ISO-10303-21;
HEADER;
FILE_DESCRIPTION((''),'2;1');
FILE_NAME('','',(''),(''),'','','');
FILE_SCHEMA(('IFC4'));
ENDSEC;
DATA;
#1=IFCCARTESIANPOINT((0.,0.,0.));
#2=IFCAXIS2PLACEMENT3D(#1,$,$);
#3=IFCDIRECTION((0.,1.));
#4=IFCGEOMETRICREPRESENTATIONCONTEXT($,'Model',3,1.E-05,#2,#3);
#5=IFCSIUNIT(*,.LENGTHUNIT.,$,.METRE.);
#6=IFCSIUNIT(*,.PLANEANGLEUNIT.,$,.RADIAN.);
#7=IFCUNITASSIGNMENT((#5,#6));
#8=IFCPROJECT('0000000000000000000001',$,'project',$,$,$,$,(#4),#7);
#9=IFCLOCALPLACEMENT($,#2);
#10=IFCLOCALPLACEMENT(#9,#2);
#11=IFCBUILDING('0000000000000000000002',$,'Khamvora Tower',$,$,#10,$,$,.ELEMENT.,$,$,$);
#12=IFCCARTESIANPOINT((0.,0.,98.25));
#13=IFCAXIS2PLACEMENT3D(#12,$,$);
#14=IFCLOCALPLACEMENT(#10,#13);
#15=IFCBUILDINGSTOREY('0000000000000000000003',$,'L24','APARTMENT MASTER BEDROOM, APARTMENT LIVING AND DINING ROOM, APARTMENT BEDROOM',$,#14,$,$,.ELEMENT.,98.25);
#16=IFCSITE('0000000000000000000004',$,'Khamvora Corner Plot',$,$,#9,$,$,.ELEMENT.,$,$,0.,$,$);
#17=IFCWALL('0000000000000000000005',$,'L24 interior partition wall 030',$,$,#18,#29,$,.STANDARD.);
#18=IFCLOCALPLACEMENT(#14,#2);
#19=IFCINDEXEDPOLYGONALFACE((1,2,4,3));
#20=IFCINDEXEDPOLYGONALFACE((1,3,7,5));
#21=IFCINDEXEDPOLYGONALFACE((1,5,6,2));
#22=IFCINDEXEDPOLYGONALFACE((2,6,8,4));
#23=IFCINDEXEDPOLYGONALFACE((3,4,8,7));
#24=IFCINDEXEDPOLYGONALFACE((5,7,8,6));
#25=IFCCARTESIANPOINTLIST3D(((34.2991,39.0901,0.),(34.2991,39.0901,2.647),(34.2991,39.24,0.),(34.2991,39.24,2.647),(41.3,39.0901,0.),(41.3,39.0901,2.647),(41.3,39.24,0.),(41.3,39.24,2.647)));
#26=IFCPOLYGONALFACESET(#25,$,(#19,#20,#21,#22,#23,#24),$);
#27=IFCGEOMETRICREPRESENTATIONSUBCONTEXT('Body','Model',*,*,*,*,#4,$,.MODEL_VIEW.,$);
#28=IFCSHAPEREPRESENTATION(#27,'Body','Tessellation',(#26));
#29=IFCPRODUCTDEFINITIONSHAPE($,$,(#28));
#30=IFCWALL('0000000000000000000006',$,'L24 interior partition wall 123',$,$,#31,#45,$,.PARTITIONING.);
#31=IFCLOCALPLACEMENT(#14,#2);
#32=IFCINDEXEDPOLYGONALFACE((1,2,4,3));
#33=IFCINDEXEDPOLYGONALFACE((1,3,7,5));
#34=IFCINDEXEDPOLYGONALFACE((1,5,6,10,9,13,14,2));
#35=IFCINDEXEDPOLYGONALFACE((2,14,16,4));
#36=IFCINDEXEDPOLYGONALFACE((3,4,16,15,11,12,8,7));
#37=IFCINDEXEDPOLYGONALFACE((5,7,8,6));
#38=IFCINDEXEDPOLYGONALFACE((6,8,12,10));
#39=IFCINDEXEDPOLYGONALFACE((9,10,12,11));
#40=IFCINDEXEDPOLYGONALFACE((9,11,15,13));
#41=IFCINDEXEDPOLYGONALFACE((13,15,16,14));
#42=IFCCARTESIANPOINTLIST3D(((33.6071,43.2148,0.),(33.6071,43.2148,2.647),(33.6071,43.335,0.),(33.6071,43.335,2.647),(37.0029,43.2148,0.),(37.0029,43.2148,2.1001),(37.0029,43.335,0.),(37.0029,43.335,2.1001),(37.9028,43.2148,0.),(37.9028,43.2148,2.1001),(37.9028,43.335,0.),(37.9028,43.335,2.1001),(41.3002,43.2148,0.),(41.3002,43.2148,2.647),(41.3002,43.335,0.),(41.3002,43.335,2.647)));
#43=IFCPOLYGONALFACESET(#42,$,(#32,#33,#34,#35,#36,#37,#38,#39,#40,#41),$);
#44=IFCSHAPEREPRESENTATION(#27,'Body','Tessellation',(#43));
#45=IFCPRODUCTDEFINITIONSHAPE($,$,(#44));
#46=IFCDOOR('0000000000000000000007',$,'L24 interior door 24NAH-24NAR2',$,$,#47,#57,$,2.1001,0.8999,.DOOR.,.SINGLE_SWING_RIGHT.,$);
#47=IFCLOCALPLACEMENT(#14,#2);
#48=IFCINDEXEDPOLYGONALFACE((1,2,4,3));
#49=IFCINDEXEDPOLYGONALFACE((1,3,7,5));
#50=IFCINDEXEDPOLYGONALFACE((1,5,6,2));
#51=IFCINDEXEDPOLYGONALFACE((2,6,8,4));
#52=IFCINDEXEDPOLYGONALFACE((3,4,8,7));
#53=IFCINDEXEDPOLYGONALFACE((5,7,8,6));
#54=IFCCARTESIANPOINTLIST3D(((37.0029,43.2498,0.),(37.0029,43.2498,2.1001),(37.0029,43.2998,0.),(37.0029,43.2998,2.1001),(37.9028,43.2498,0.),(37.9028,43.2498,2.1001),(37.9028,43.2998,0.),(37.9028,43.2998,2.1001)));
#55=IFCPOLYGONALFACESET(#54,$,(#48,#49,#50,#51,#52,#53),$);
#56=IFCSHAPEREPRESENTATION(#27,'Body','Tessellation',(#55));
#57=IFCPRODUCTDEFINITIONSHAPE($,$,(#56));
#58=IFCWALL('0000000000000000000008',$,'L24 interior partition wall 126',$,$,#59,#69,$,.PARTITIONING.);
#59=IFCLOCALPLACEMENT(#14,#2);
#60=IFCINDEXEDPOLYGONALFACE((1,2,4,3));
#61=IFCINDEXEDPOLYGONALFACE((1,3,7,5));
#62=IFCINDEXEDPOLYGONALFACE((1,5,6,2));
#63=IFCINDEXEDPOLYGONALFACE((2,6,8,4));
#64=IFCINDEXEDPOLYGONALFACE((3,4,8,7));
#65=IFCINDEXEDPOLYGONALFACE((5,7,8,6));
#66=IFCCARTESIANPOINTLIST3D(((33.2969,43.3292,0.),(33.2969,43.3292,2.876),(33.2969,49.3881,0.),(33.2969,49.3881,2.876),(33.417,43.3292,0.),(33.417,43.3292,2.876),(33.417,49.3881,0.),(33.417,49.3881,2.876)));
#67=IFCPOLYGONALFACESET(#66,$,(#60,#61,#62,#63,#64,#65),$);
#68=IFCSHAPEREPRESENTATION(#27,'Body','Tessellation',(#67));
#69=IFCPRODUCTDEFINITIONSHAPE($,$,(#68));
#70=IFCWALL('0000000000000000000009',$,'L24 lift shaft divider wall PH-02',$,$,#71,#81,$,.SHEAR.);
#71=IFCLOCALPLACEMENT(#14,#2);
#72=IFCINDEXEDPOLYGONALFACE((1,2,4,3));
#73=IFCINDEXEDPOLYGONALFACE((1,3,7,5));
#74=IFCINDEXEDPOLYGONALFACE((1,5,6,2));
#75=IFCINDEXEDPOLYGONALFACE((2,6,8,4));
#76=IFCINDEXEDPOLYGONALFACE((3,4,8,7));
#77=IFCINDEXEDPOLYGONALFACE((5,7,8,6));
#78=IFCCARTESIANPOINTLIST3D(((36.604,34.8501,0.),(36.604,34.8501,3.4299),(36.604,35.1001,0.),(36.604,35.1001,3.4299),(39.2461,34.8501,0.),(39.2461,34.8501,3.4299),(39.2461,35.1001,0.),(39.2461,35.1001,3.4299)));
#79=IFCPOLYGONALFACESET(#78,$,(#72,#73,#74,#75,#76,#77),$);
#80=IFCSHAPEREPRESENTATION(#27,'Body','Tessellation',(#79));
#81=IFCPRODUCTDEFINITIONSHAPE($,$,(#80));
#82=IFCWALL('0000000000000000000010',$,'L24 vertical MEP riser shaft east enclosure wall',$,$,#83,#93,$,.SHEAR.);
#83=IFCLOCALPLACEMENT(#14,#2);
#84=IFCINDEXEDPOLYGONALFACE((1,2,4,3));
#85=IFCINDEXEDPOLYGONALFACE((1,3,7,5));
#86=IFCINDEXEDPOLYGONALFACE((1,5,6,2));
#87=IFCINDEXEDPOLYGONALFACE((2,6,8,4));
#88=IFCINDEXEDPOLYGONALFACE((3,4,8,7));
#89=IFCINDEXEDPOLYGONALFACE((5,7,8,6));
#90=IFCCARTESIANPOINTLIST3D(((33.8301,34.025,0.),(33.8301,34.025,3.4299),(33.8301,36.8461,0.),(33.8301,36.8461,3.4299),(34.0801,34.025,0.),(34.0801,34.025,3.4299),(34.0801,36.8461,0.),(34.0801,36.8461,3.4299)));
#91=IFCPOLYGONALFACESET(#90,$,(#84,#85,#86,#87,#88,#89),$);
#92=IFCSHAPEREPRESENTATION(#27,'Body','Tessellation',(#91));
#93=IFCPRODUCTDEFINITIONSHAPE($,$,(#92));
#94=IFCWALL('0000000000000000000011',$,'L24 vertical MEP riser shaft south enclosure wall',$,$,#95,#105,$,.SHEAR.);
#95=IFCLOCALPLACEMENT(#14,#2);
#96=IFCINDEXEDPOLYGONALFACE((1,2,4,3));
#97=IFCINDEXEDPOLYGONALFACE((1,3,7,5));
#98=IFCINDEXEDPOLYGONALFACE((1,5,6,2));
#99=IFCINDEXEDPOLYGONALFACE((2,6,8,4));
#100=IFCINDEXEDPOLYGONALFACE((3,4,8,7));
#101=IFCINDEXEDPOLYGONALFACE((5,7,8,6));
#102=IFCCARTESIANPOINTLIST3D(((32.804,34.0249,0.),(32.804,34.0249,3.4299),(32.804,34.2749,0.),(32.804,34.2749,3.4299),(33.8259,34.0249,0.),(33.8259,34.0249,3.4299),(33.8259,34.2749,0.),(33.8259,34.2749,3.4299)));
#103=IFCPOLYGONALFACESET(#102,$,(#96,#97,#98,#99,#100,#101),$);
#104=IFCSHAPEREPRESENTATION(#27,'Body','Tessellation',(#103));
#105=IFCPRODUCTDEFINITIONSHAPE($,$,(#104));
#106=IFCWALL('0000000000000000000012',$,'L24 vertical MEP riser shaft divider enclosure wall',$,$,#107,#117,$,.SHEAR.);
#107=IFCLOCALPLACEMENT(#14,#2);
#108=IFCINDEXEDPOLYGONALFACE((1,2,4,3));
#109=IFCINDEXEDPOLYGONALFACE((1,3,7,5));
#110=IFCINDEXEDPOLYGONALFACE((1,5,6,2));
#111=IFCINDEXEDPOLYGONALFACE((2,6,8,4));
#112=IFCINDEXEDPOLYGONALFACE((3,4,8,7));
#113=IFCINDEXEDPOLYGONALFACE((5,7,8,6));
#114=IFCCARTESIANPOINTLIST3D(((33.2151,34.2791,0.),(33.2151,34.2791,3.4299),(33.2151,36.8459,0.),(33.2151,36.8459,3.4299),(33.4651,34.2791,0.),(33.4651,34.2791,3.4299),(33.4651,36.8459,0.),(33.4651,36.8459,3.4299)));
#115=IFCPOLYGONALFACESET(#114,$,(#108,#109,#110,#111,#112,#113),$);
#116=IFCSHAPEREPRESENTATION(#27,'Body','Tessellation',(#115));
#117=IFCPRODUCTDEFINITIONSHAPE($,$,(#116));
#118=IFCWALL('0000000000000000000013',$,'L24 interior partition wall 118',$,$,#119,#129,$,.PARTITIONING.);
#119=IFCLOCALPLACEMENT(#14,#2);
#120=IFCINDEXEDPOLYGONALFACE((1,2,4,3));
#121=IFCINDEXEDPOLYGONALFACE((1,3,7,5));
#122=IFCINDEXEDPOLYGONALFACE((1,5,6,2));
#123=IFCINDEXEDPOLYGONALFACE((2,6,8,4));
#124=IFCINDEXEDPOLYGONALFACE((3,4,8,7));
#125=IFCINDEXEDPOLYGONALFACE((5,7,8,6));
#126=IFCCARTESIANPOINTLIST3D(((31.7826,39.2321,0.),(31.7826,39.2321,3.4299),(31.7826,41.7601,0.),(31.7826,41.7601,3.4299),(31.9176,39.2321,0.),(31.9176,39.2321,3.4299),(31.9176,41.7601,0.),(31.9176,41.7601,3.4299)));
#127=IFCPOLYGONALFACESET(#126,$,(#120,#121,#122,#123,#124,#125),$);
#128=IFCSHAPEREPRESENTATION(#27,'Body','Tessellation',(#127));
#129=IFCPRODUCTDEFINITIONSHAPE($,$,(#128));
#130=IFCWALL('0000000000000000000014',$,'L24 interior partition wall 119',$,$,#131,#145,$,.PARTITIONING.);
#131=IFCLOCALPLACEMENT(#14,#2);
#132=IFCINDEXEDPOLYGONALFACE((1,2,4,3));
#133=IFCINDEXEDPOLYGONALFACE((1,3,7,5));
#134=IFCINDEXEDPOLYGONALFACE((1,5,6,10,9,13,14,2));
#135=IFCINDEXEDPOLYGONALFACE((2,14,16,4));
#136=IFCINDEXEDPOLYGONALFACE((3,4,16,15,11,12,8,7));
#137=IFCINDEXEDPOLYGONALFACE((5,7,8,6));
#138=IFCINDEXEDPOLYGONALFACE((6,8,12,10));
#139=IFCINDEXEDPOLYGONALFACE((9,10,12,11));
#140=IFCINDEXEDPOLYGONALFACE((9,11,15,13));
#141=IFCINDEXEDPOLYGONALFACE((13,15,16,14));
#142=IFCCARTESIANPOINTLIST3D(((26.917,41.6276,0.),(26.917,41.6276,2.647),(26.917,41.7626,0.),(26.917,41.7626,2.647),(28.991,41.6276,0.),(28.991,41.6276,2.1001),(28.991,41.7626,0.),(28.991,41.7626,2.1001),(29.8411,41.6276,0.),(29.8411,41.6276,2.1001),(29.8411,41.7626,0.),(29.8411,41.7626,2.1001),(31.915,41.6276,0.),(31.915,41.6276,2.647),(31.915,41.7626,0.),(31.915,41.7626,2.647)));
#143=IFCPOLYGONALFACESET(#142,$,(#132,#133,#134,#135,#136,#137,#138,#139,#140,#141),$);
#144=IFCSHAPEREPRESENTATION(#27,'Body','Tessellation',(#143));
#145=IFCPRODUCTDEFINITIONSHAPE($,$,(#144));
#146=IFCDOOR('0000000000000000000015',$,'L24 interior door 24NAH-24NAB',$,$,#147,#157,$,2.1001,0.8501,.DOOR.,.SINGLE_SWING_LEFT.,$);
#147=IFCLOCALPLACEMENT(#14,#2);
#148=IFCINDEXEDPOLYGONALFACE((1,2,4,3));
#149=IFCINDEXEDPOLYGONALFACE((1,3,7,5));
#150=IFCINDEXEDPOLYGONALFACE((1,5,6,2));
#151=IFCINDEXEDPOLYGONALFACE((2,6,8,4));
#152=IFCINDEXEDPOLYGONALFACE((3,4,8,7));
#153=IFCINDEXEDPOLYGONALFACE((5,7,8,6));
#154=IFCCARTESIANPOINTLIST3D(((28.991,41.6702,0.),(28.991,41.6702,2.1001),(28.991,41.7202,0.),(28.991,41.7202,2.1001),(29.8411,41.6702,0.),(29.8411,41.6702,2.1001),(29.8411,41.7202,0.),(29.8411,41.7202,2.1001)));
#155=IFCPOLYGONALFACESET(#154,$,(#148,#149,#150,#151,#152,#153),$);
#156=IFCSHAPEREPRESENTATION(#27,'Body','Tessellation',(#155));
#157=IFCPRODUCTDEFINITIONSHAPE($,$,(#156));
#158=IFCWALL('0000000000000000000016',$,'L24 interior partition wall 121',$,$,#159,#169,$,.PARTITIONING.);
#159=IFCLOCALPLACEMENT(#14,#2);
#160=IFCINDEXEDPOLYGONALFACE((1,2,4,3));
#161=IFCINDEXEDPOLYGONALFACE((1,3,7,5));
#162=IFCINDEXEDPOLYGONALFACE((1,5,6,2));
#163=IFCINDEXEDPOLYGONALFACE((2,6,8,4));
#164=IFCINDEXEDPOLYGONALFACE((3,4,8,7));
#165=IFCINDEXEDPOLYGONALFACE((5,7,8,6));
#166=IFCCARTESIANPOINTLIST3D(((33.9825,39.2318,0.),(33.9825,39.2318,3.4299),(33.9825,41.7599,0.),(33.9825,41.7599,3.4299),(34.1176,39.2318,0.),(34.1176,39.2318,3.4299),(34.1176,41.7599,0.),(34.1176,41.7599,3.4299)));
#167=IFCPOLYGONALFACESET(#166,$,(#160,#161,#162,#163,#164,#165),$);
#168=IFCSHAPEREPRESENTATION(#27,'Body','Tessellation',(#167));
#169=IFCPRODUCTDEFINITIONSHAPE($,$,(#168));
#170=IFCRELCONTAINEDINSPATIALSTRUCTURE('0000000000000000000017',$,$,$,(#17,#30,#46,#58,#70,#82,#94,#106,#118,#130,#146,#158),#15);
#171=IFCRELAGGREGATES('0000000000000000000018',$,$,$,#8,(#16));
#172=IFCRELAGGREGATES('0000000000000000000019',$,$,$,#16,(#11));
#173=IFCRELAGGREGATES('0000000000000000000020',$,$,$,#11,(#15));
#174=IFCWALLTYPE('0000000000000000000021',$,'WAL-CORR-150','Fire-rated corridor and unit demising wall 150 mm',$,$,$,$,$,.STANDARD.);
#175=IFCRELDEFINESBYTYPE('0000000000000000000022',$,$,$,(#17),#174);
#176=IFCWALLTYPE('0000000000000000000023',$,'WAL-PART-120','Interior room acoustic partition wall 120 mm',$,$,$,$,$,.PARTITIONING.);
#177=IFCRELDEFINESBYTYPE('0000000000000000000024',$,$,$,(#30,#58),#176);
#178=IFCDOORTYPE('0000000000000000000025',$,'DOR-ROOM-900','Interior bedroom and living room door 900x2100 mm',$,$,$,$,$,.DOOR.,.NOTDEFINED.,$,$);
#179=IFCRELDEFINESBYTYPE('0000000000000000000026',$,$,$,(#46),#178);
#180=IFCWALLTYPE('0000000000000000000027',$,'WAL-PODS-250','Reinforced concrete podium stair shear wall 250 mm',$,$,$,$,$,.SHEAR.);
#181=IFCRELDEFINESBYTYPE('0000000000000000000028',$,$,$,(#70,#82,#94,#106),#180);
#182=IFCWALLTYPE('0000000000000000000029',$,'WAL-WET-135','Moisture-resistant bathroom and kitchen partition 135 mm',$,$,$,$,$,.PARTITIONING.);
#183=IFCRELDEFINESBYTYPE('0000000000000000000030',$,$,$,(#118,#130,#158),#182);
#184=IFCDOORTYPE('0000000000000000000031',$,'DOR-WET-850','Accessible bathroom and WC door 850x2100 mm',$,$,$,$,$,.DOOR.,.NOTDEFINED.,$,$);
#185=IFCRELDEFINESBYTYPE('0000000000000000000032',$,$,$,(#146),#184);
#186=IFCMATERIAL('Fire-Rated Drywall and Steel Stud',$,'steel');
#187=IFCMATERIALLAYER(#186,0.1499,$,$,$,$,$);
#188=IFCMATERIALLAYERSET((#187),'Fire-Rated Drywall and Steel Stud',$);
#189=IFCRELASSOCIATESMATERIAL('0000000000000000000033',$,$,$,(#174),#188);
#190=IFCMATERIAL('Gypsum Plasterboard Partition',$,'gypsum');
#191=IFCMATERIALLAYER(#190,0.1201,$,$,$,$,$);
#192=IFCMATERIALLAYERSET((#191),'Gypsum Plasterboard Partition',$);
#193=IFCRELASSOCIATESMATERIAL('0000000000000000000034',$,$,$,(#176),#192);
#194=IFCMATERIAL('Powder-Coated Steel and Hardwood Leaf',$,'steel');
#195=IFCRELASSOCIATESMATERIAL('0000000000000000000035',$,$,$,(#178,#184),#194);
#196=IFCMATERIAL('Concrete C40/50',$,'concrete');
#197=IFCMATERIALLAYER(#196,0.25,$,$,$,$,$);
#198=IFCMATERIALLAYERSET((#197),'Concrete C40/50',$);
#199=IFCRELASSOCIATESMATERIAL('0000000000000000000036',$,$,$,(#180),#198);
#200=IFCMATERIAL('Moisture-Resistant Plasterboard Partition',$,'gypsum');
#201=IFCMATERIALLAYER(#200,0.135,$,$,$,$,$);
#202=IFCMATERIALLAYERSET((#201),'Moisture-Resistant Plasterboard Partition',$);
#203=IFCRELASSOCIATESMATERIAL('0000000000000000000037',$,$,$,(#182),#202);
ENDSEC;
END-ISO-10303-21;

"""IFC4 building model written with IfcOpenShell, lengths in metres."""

from ifc_helpers import new_model, si_unit, direction, frame, frame_2d, origin, place, context, subcontext, project, spatial, rectangle, extrude, material, layer, layer_set, type_object, element, fill, save


model = new_model("IFC4")

# Units and contexts
model_context = context("Model", 3, precision=1e-05, world=origin(), true_north=direction((0.0, 1.0)))
body_context = subcontext(model_context, "Body", "Model", "MODEL_VIEW")
ifc_project = project(units=[si_unit("LENGTHUNIT", "METRE"), si_unit("PLANEANGLEUNIT", "RADIAN")], contexts=[model_context])

# Site, building, storey
site_placement = place(None, origin())
site = spatial("IfcSite", under=ifc_project, at=site_placement, Name="Khamvora Corner Plot", CompositionType="ELEMENT", RefElevation=0.0)
building_placement = place(site_placement, origin())
building = spatial("IfcBuilding", under=site, at=building_placement, Name="Khamvora Tower", CompositionType="ELEMENT")
storey_placement = place(building_placement, frame((0.0, 0.0, 98.25)))
storey = spatial("IfcBuildingStorey", under=building, at=storey_placement, Name="L24", Description="APARTMENT MASTER BEDROOM, APARTMENT LIVING AND DINING ROOM, APARTMENT BEDROOM", CompositionType="ELEMENT", Elevation=98.25)

# Shared definitions
ifc_material_1 = material(Name="Powder-Coated Steel and Hardwood Leaf", Category="steel")
ifc_material_2 = material(Name="Fire-Rated Drywall and Steel Stud", Category="steel")
ifc_layer_1 = layer(ifc_material_2, 0.1499)
ifc_layer_set_1 = layer_set([ifc_layer_1], Name="Fire-Rated Drywall and Steel Stud")
wall_type_1 = type_object("IfcWallType", Name="WAL-CORR-150", Description="Fire-rated corridor and unit demising wall 150 mm", PredefinedType="STANDARD", material=ifc_layer_set_1)

# Wall
wall_1_placement = place(storey_placement, frame((34.2991, 39.165, 0.0), z_axis=(0.0, 0.0, 1.0), x_axis=(1.0, 0.0, 0.0)))
element("IfcWall", 1, at=wall_1_placement, inside=storey, type_object=wall_type_1, Name="L24 interior partition wall 030", PredefinedType="STANDARD", context=body_context, shape_type="SweptSolid", body=[
    extrude(rectangle(XDim=7.001, YDim=0.1499, at=frame_2d((3.5005, 0.0))), origin(), (0.0, 0.0, 1.0), 2.647),
])

# Wall, opening, door
ifc_material_3 = material(Name="Gypsum Plasterboard Partition", Category="gypsum")
ifc_layer_2 = layer(ifc_material_3, 0.1201)
ifc_layer_set_2 = layer_set([ifc_layer_2], Name="Gypsum Plasterboard Partition")
wall_type_2 = type_object("IfcWallType", Name="WAL-PART-120", Description="Interior room acoustic partition wall 120 mm", PredefinedType="PARTITIONING", material=ifc_layer_set_2)
wall_2_placement = place(storey_placement, frame((33.6069, 43.2749, 0.0), z_axis=(0.0, 0.0, 1.0), x_axis=(1.0, 0.0, 0.0)))
wall_2 = element("IfcWall", 2, at=wall_2_placement, inside=storey, type_object=wall_type_2, Name="L24 interior partition wall 123", PredefinedType="PARTITIONING", context=body_context, shape_type="SweptSolid", body=[
    extrude(rectangle(XDim=7.6931, YDim=0.1201, at=frame_2d((3.8467, 0.0))), origin(), (0.0, 0.0, 1.0), 2.647),
])
opening_1_placement = place(wall_2_placement, frame((3.396, 0.0, 0.0)))
opening_1 = element("IfcOpeningElement", 3, at=opening_1_placement, cuts=wall_2, PredefinedType="OPENING", context=body_context, shape_type="SweptSolid", body=[
    extrude(rectangle(XDim=0.8999, YDim=2.1001, at=frame_2d((0.45, 1.05))), frame((0.0, 0.0701, 0.0), z_axis=(0.0, -1.0, 0.0), x_axis=(1.0, 0.0, 0.0)), (0.0, 0.0, 1.0), 0.1401),
])
door_type_1 = type_object("IfcDoorType", Name="DOR-ROOM-900", Description="Interior bedroom and living room door 900x2100 mm", OperationType="NOTDEFINED", PredefinedType="DOOR", material=ifc_material_1)
door_1_placement = place(opening_1_placement, origin())
door_1 = element("IfcDoor", 4, at=door_1_placement, inside=storey, type_object=door_type_1, Name="L24 interior door 24NAH-24NAR2", OperationType="SINGLE_SWING_RIGHT", OverallHeight=2.1001, OverallWidth=0.8999, PredefinedType="DOOR", context=body_context, shape_type="SweptSolid", body=[
    extrude(rectangle(XDim=0.8999, YDim=2.1001, at=frame_2d((0.45, 1.05))), frame((0.0, 0.0249, 0.0), z_axis=(0.0, -1.0, 0.0), x_axis=(1.0, 0.0, 0.0)), (0.0, 0.0, 1.0), 0.05),
])
fill(opening_1, door_1)

# Walls
wall_3_placement = place(storey_placement, frame((33.3569, 49.3879, 0.0), z_axis=(0.0, 0.0, 1.0), x_axis=(0.0, -1.0, 0.0)))
element("IfcWall", 5, at=wall_3_placement, inside=storey, type_object=wall_type_2, Name="L24 interior partition wall 126", PredefinedType="PARTITIONING", context=body_context, shape_type="SweptSolid", body=[
    extrude(rectangle(XDim=6.0588, YDim=0.1201, at=frame_2d((3.0293, 0.0))), origin(), (0.0, 0.0, 1.0), 2.876),
])
ifc_material_4 = material(Name="Concrete C40/50", Category="concrete")
ifc_layer_3 = layer(ifc_material_4, 0.25)
ifc_layer_set_3 = layer_set([ifc_layer_3], Name="Concrete C40/50")
wall_type_3 = type_object("IfcWallType", Name="WAL-PODS-250", Description="Reinforced concrete podium stair shear wall 250 mm", PredefinedType="SHEAR", material=ifc_layer_set_3)
wall_4_placement = place(storey_placement, frame((36.604, 34.9751, 0.0), z_axis=(0.0, 0.0, 1.0), x_axis=(1.0, 0.0, 0.0)))
element("IfcWall", 6, at=wall_4_placement, inside=storey, type_object=wall_type_3, Name="L24 lift shaft divider wall PH-02", PredefinedType="SHEAR", context=body_context, shape_type="SweptSolid", body=[
    extrude(rectangle(XDim=2.6421, YDim=0.25, at=frame_2d((1.321, 0.0))), origin(), (0.0, 0.0, 1.0), 3.4299),
])
wall_5_placement = place(storey_placement, frame((33.9551, 34.0249, 0.0), z_axis=(0.0, 0.0, 1.0), x_axis=(0.0, 1.0, 0.0)))
element("IfcWall", 7, at=wall_5_placement, inside=storey, type_object=wall_type_3, Name="L24 vertical MEP riser shaft east enclosure wall", PredefinedType="SHEAR", context=body_context, shape_type="SweptSolid", body=[
    extrude(rectangle(XDim=2.821, YDim=0.25, at=frame_2d((1.4106, 0.0))), origin(), (0.0, 0.0, 1.0), 3.4299),
])
wall_6_placement = place(storey_placement, frame((32.804, 34.1499, 0.0), z_axis=(0.0, 0.0, 1.0), x_axis=(1.0, 0.0, 0.0)))
element("IfcWall", 8, at=wall_6_placement, inside=storey, type_object=wall_type_3, Name="L24 vertical MEP riser shaft south enclosure wall", PredefinedType="SHEAR", context=body_context, shape_type="SweptSolid", body=[
    extrude(rectangle(XDim=1.022, YDim=0.25, at=frame_2d((0.511, 0.0))), origin(), (0.0, 0.0, 1.0), 3.4299),
])
wall_7_placement = place(storey_placement, frame((33.3401, 34.2791, 0.0), z_axis=(0.0, 0.0, 1.0), x_axis=(0.0, 1.0, 0.0)))
element("IfcWall", 9, at=wall_7_placement, inside=storey, type_object=wall_type_3, Name="L24 vertical MEP riser shaft divider enclosure wall", PredefinedType="SHEAR", context=body_context, shape_type="SweptSolid", body=[
    extrude(rectangle(XDim=2.5669, YDim=0.25, at=frame_2d((1.2834, 0.0))), origin(), (0.0, 0.0, 1.0), 3.4299),
])
ifc_material_5 = material(Name="Moisture-Resistant Plasterboard Partition", Category="gypsum")
ifc_layer_4 = layer(ifc_material_5, 0.135)
ifc_layer_set_4 = layer_set([ifc_layer_4], Name="Moisture-Resistant Plasterboard Partition")
wall_type_4 = type_object("IfcWallType", Name="WAL-WET-135", Description="Moisture-resistant bathroom and kitchen partition 135 mm", PredefinedType="PARTITIONING", material=ifc_layer_set_4)
wall_8_placement = place(storey_placement, frame((31.8501, 39.2319, 0.0), z_axis=(0.0, 0.0, 1.0), x_axis=(0.0, 1.0, 0.0)))
element("IfcWall", 10, at=wall_8_placement, inside=storey, type_object=wall_type_4, Name="L24 interior partition wall 118", PredefinedType="PARTITIONING", context=body_context, shape_type="SweptSolid", body=[
    extrude(rectangle(XDim=2.5281, YDim=0.135, at=frame_2d((1.2642, 0.0))), origin(), (0.0, 0.0, 1.0), 3.4299),
])

# Wall, opening, door
wall_9_placement = place(storey_placement, frame((31.915, 41.6951, 0.0), z_axis=(0.0, 0.0, 1.0), x_axis=(-1.0, 0.0, 0.0)))
wall_9 = element("IfcWall", 11, at=wall_9_placement, inside=storey, type_object=wall_type_4, Name="L24 interior partition wall 119", PredefinedType="PARTITIONING", context=body_context, shape_type="SweptSolid", body=[
    extrude(rectangle(XDim=4.998, YDim=0.135, at=frame_2d((2.499, 0.0))), origin(), (0.0, 0.0, 1.0), 2.647),
])
opening_2_placement = place(wall_9_placement, frame((2.074, 0.0, 0.0)))
opening_2 = element("IfcOpeningElement", 12, at=opening_2_placement, cuts=wall_9, PredefinedType="OPENING", context=body_context, shape_type="SweptSolid", body=[
    extrude(rectangle(XDim=0.8501, YDim=2.1001, at=frame_2d((0.425, 1.05))), frame((0.0, 0.0774, 0.0), z_axis=(0.0, -1.0, 0.0), x_axis=(1.0, 0.0, 0.0)), (0.0, 0.0, 1.0), 0.155),
])
door_type_2 = type_object("IfcDoorType", Name="DOR-WET-850", Description="Accessible bathroom and WC door 850x2100 mm", OperationType="NOTDEFINED", PredefinedType="DOOR", material=ifc_material_1)
door_2_placement = place(opening_2_placement, origin())
door_2 = element("IfcDoor", 13, at=door_2_placement, inside=storey, type_object=door_type_2, Name="L24 interior door 24NAH-24NAB", OperationType="SINGLE_SWING_LEFT", OverallHeight=2.1001, OverallWidth=0.8501, PredefinedType="DOOR", context=body_context, shape_type="SweptSolid", body=[
    extrude(rectangle(XDim=0.8501, YDim=2.1001, at=frame_2d((0.425, 1.05))), frame((0.0, 0.0249, 0.0), z_axis=(0.0, -1.0, 0.0), x_axis=(1.0, 0.0, 0.0)), (0.0, 0.0, 1.0), 0.05),
])
fill(opening_2, door_2)

# Wall
wall_10_placement = place(storey_placement, frame((34.05, 41.76, 0.0), z_axis=(0.0, 0.0, 1.0), x_axis=(0.0, -1.0, 0.0)))
element("IfcWall", 14, at=wall_10_placement, inside=storey, type_object=wall_type_4, Name="L24 interior partition wall 121", PredefinedType="PARTITIONING", context=body_context, shape_type="SweptSolid", body=[
    extrude(rectangle(XDim=2.5281, YDim=0.135, at=frame_2d((1.2642, 0.0))), origin(), (0.0, 0.0, 1.0), 3.4299),
])

save(model, "model.ifc")
